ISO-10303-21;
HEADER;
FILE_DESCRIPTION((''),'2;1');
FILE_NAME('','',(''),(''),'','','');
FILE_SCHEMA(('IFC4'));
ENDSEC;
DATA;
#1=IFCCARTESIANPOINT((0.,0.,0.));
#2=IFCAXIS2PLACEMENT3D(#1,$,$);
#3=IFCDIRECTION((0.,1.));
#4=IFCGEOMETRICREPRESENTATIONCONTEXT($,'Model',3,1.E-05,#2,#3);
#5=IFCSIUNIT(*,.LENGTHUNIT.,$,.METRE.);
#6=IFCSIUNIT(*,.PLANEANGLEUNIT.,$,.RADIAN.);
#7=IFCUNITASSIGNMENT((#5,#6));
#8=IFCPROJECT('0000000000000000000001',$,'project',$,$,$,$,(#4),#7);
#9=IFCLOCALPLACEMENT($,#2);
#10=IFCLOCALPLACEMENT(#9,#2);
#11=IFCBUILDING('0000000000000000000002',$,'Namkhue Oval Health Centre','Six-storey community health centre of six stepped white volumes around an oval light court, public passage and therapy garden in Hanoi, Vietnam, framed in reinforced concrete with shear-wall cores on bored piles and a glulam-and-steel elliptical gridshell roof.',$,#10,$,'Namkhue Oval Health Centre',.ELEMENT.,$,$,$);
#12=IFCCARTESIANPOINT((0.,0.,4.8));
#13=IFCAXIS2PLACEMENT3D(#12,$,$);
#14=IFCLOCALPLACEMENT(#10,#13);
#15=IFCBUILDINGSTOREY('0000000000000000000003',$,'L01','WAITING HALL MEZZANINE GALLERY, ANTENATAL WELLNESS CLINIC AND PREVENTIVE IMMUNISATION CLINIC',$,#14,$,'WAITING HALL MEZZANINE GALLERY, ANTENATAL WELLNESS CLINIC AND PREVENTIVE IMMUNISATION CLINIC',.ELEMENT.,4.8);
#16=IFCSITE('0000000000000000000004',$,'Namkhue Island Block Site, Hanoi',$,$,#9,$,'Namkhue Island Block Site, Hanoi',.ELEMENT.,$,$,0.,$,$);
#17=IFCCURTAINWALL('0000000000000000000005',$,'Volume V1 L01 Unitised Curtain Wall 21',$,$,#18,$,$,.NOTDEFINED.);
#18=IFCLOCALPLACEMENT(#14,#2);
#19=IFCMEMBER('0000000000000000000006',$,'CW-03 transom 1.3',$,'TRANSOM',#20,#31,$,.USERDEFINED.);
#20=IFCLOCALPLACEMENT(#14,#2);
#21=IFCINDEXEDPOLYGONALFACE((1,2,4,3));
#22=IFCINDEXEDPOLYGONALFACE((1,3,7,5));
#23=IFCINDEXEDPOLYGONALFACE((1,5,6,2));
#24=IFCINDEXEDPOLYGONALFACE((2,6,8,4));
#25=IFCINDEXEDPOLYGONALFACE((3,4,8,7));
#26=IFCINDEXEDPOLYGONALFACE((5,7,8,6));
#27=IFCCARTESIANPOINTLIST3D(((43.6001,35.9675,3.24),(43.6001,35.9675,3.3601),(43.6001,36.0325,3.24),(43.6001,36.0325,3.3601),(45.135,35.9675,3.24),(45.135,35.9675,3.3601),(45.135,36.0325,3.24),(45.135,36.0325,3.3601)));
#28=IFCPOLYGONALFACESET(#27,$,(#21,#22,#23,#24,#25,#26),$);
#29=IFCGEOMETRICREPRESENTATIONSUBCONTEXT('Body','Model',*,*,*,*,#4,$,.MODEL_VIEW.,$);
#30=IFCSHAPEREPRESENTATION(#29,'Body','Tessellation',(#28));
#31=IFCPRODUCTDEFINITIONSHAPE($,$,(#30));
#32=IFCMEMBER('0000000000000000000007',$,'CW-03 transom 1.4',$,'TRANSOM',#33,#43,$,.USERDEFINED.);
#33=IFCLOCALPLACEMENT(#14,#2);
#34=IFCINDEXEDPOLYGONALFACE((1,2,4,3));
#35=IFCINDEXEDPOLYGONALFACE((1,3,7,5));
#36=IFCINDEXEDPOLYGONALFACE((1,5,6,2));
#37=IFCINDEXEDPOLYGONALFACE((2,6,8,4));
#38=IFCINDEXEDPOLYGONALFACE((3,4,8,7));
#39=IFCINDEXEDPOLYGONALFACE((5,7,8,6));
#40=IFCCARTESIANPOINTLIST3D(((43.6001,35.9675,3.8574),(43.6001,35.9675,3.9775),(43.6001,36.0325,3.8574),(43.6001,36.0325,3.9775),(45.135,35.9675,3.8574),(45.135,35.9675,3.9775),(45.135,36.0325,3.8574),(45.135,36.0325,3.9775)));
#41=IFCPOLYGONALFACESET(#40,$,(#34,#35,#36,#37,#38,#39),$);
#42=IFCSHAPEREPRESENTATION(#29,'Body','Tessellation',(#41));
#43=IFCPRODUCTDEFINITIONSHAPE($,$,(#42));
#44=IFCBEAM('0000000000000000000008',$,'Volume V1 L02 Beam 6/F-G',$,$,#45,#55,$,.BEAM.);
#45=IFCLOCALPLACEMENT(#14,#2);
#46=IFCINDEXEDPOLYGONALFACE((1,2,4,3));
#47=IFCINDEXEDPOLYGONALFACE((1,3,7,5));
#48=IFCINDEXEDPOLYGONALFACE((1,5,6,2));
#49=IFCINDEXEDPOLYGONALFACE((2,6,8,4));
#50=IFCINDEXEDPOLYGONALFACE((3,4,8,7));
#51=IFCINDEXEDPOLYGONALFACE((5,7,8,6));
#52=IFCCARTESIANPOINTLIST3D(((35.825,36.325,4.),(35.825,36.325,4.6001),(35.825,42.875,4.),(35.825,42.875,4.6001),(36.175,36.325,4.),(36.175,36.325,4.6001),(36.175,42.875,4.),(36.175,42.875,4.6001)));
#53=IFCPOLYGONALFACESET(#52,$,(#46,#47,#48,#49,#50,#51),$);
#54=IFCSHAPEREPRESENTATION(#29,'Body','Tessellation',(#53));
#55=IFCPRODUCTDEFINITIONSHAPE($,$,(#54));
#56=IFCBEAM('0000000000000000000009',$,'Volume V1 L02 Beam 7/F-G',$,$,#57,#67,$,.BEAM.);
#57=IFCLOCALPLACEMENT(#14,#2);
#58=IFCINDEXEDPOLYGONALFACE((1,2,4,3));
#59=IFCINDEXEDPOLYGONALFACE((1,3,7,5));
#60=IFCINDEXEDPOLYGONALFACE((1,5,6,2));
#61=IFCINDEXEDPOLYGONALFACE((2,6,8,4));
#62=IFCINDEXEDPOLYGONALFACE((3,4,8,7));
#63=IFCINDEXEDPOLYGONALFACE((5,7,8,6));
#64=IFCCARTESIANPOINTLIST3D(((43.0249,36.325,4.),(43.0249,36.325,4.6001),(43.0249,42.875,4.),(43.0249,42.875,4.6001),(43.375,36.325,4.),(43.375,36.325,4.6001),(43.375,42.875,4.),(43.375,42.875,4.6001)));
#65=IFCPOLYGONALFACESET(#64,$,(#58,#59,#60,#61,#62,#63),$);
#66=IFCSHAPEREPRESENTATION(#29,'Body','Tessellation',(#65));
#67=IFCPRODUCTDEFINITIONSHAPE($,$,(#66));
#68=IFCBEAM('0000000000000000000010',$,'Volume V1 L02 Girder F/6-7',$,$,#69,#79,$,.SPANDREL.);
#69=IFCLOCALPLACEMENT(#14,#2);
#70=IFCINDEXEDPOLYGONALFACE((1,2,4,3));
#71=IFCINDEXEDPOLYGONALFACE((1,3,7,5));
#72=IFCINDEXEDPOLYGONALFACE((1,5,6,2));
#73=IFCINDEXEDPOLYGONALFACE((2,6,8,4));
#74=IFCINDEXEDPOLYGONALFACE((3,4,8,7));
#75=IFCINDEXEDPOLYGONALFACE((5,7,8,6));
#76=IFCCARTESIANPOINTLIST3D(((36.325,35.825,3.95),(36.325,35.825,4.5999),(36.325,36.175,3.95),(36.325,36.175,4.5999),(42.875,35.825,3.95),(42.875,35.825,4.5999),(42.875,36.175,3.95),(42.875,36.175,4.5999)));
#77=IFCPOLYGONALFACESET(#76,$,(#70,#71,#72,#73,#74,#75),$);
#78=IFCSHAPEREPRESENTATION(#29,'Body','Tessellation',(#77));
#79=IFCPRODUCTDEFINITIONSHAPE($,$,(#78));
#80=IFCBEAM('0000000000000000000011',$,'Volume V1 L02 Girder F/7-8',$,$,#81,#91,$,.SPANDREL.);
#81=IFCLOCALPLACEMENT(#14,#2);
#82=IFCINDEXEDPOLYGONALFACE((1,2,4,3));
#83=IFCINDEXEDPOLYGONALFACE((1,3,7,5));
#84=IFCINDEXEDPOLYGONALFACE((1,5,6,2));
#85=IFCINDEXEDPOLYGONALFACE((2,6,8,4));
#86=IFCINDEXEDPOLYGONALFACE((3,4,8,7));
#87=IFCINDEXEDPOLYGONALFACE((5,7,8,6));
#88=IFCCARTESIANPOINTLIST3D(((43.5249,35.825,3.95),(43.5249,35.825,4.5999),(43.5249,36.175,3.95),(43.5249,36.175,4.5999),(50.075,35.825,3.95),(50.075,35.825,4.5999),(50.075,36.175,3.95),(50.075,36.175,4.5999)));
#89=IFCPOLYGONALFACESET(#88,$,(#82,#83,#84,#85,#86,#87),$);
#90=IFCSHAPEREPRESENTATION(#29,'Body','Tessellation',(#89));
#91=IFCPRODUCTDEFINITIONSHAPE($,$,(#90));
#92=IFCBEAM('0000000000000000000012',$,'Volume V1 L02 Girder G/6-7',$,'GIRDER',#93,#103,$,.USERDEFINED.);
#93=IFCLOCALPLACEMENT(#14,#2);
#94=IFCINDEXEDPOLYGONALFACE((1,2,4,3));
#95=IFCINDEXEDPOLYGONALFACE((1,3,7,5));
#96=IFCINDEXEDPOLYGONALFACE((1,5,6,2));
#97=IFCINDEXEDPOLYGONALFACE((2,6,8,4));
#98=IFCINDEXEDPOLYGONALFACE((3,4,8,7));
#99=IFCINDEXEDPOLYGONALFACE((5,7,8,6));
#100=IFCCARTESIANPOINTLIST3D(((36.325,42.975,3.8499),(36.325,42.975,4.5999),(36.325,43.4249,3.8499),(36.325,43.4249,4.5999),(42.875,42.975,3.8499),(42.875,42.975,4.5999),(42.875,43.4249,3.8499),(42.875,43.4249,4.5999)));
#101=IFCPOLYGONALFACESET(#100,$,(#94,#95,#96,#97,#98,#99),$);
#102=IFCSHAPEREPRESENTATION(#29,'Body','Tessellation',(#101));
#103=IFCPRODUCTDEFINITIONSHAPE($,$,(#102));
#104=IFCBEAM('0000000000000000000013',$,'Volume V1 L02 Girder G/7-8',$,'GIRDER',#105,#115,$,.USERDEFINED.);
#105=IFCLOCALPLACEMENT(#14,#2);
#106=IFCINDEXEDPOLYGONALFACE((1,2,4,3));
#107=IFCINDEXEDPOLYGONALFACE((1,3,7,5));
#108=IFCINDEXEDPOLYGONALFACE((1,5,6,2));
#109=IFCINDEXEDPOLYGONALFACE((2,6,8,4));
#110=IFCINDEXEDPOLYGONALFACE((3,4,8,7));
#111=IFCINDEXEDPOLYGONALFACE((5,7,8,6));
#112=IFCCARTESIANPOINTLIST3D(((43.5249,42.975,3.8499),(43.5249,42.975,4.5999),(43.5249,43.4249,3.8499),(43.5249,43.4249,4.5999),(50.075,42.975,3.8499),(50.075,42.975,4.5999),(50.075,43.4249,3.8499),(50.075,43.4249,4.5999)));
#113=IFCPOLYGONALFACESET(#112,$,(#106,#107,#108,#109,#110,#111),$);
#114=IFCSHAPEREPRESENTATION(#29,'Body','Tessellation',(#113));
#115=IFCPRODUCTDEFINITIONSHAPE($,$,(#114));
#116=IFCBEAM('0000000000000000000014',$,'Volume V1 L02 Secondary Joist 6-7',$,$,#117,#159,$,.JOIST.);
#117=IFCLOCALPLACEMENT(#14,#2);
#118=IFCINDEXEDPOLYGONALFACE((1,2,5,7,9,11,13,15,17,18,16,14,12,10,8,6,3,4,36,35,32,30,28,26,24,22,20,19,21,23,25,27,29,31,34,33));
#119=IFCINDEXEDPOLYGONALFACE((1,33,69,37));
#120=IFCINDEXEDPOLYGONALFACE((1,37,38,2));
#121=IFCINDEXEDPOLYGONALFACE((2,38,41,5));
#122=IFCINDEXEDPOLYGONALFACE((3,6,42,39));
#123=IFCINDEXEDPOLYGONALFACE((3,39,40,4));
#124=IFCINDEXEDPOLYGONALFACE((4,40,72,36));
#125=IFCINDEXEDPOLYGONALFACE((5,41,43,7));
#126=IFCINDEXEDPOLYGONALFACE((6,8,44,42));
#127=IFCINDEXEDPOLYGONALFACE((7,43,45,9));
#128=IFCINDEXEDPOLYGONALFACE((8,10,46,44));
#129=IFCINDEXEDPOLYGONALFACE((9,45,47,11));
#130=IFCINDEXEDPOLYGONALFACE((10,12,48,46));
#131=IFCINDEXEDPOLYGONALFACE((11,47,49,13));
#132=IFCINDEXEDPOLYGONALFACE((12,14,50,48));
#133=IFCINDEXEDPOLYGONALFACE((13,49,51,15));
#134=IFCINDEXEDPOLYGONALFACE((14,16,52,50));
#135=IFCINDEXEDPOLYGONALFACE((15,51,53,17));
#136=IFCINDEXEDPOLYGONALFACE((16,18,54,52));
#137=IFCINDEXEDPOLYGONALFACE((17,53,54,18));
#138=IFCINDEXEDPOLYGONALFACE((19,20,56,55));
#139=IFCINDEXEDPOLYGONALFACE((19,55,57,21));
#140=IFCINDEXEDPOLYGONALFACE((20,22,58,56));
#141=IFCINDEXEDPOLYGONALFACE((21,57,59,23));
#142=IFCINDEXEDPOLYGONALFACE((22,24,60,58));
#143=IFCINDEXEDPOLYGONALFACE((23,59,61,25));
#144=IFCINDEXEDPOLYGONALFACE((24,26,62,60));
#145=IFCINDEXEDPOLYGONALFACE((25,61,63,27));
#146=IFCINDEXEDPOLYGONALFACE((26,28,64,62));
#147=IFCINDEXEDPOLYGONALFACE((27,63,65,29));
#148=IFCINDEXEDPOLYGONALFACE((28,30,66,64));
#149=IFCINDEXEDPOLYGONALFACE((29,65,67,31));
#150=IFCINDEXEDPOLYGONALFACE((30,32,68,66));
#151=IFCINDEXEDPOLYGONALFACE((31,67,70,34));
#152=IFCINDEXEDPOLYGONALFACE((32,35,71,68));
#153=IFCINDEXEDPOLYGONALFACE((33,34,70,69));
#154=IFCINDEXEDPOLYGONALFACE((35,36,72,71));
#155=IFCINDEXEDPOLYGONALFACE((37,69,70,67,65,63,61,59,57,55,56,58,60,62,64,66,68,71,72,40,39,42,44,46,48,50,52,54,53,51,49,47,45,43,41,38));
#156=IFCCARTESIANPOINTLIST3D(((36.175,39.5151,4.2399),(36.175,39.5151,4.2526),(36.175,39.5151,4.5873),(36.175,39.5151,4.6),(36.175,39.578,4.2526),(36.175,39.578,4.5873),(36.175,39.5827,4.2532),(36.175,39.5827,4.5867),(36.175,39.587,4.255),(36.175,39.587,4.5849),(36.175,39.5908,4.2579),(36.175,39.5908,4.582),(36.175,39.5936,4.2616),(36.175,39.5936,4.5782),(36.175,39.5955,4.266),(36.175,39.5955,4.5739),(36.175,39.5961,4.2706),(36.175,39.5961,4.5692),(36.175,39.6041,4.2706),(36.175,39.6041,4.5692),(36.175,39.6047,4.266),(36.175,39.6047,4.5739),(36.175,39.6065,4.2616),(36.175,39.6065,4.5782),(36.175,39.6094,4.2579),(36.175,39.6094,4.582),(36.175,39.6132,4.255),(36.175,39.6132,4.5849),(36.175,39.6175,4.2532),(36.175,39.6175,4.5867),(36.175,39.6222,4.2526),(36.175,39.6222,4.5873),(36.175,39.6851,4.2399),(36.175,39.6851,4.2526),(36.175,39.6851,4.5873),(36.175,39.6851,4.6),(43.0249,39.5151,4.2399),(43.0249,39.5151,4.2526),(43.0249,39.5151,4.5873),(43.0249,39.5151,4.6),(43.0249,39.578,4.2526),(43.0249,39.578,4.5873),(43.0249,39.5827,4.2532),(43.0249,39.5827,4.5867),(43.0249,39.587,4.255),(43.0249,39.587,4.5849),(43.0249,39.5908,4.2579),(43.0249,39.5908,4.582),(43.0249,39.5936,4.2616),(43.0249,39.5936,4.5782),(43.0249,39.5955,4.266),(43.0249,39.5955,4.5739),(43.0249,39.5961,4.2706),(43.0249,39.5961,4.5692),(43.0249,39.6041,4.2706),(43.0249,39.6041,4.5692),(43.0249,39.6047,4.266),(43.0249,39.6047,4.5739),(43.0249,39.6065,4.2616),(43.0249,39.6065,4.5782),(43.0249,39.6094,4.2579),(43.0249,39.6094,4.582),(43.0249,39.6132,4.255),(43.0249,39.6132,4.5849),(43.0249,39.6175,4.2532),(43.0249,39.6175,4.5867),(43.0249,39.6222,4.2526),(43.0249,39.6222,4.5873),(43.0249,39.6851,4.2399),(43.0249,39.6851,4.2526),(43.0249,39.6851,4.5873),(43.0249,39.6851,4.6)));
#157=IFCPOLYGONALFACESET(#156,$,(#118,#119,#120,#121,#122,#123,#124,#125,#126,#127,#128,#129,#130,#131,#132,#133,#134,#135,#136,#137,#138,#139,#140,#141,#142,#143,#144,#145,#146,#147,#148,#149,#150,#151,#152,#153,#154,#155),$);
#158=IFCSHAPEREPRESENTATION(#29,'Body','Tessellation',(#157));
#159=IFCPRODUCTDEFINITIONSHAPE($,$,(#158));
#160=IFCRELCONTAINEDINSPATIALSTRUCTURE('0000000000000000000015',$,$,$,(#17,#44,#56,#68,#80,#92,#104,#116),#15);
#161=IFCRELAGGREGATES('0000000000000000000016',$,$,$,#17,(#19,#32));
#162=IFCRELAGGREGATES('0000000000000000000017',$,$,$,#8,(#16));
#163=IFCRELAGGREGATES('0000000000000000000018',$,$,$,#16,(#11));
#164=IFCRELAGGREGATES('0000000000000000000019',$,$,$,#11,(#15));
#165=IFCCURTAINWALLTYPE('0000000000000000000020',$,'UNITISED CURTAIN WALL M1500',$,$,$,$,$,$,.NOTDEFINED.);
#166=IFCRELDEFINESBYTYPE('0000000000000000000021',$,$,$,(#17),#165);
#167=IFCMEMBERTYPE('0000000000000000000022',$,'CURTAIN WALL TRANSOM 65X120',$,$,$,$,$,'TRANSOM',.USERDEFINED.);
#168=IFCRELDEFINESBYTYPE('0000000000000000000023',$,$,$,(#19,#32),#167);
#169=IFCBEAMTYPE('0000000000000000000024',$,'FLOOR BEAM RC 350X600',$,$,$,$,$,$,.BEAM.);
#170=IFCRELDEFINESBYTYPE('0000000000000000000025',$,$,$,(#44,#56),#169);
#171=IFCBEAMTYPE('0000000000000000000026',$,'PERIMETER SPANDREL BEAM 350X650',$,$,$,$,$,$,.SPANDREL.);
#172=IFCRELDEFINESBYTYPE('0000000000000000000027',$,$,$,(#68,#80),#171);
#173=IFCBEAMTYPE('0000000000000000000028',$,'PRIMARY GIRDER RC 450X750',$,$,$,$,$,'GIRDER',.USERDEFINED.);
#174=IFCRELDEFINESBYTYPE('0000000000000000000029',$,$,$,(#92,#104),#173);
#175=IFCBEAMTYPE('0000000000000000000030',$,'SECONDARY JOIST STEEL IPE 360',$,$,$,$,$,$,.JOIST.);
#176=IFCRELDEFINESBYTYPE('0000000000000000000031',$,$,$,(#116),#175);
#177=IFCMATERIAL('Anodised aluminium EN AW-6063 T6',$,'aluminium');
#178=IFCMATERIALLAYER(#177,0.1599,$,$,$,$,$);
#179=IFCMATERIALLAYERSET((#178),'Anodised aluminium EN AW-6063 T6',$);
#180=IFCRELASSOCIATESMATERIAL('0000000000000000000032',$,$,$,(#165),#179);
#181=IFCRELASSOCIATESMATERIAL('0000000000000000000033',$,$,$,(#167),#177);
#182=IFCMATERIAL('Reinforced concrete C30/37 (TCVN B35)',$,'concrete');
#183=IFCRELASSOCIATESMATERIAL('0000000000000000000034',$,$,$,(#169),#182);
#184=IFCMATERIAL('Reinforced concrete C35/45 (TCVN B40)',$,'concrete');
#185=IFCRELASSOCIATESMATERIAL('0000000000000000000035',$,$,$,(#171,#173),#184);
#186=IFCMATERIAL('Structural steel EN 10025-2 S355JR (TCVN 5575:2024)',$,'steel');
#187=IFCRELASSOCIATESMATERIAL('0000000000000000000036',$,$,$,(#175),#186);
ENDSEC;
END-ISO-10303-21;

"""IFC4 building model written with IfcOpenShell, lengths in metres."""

from ifc_helpers import new_model, si_unit, direction, frame, origin, origin_2d, place, context, subcontext, project, spatial, rectangle, i_section, extrude, material, layer, layer_set, material_profile, profile_set, type_object, element, aggregate, save


model = new_model("IFC4")

# Units and contexts
model_context = context("Model", 3, precision=1e-05, world=origin(), true_north=direction((0.0, 1.0)))
body_context = subcontext(model_context, "Body", "Model", "MODEL_VIEW")
ifc_project = project(units=[si_unit("LENGTHUNIT", "METRE"), si_unit("PLANEANGLEUNIT", "RADIAN")], contexts=[model_context])

# Site, building, storey
site_placement = place(None, origin())
site = spatial("IfcSite", under=ifc_project, at=site_placement, Name="Namkhue Island Block Site, Hanoi", LongName="Namkhue Island Block Site, Hanoi", CompositionType="ELEMENT", RefElevation=0.0)
building_placement = place(site_placement, origin())
building = spatial("IfcBuilding", under=site, at=building_placement, Name="Namkhue Oval Health Centre", Description="Six-storey community health centre of six stepped white volumes around an oval light court, public passage and therapy garden in Hanoi, Vietnam, framed in reinforced concrete with shear-wall cores on bored piles and a glulam-and-steel elliptical gridshell roof.", LongName="Namkhue Oval Health Centre", CompositionType="ELEMENT")
storey_placement = place(building_placement, frame((0.0, 0.0, 4.8)))
storey = spatial("IfcBuildingStorey", under=building, at=storey_placement, Name="L01", Description="WAITING HALL MEZZANINE GALLERY, ANTENATAL WELLNESS CLINIC AND PREVENTIVE IMMUNISATION CLINIC", LongName="WAITING HALL MEZZANINE GALLERY, ANTENATAL WELLNESS CLINIC AND PREVENTIVE IMMUNISATION CLINIC", CompositionType="ELEMENT", Elevation=4.8)

# Shared definitions
ifc_material_1 = material(Name="Reinforced concrete C35/45 (TCVN B40)", Category="concrete")

# Curtain wall, members
ifc_material_2 = material(Name="Anodised aluminium EN AW-6063 T6", Category="aluminium")
ifc_layer_1 = layer(ifc_material_2, 0.1599)
ifc_layer_set_1 = layer_set([ifc_layer_1], Name="Anodised aluminium EN AW-6063 T6")
curtain_wall_type = type_object("IfcCurtainWallType", Name="UNITISED CURTAIN WALL M1500", PredefinedType="NOTDEFINED", material=ifc_layer_set_1)
curtain_wall_placement = place(storey_placement, origin())
curtain_wall = element("IfcCurtainWall", 1, at=curtain_wall_placement, inside=storey, type_object=curtain_wall_type, Name="Volume V1 L01 Unitised Curtain Wall 21", PredefinedType="NOTDEFINED")
ifc_material_profile_1 = material_profile(ifc_material_2, rectangle(XDim=0.0649, YDim=0.1201, at=origin_2d()), Name="ALU 65x120")
ifc_profile_set_1 = profile_set([ifc_material_profile_1], Name="Anodised aluminium EN AW-6063 T6")
member_type_1 = type_object("IfcMemberType", Name="CURTAIN WALL TRANSOM 65X120", ElementType="TRANSOM", PredefinedType="USERDEFINED", material=ifc_profile_set_1)
member_1_placement = place(storey_placement, frame((43.6001, 36.0, 3.3), z_axis=(1.0, 0.0, 0.0), x_axis=(0.0, 1.0, 0.0)))
member_1 = element("IfcMember", 2, at=member_1_placement, type_object=member_type_1, Name="CW-03 transom 1.3", ObjectType="TRANSOM", PredefinedType="USERDEFINED", context=body_context, shape_type="SweptSolid", body=[
    extrude(rectangle(XDim=0.0649, YDim=0.1201, at=origin_2d()), origin(), (0.0, 0.0, 1.0), 1.5349),
])
member_2_placement = place(storey_placement, frame((43.6001, 36.0, 3.9175), z_axis=(1.0, 0.0, 0.0), x_axis=(0.0, 1.0, 0.0)))
member_2 = element("IfcMember", 3, at=member_2_placement, type_object=member_type_1, Name="CW-03 transom 1.4", ObjectType="TRANSOM", PredefinedType="USERDEFINED", context=body_context, shape_type="SweptSolid", body=[
    extrude(rectangle(XDim=0.0649, YDim=0.1201, at=origin_2d()), origin(), (0.0, 0.0, 1.0), 1.5349),
])
aggregate(curtain_wall, [member_1, member_2])

# Beams
ifc_material_3 = material(Name="Reinforced concrete C30/37 (TCVN B35)", Category="concrete")
ifc_material_profile_2 = material_profile(ifc_material_3, rectangle(XDim=0.3501, YDim=0.6001, at=origin_2d()), Name="RC 350x600")
ifc_profile_set_2 = profile_set([ifc_material_profile_2], Name="Reinforced concrete C30/37 (TCVN B35)")
beam_type_1 = type_object("IfcBeamType", Name="FLOOR BEAM RC 350X600", PredefinedType="BEAM", material=ifc_profile_set_2)
for number, where, z_axis, x_axis, name in (
    (4, (36.0, 36.325, 4.3), (0.0, 1.0, 0.0), (-1.0, 0.0, 0.0), "Volume V1 L02 Beam 6/F-G"),
    (5, (43.2, 36.325, 4.3), (0.0, 1.0, 0.0), (-1.0, 0.0, 0.0), "Volume V1 L02 Beam 7/F-G"),
):
    element("IfcBeam", number, at=place(storey_placement, frame(where, z_axis=z_axis, x_axis=x_axis)), inside=storey, type_object=beam_type_1, Name=name, PredefinedType="BEAM", context=body_context, shape_type="SweptSolid", body=[
        extrude(rectangle(XDim=0.3501, YDim=0.6001, at=origin_2d()), origin(), (0.0, 0.0, 1.0), 6.55),
    ])
ifc_material_profile_3 = material_profile(ifc_material_1, rectangle(XDim=0.3501, YDim=0.6499, at=origin_2d()), Name="RC 350x650")
ifc_profile_set_3 = profile_set([ifc_material_profile_3], Name="Reinforced concrete C35/45 (TCVN B40)")
beam_type_2 = type_object("IfcBeamType", Name="PERIMETER SPANDREL BEAM 350X650", PredefinedType="SPANDREL", material=ifc_profile_set_3)
for number, where, z_axis, x_axis, name in (
    (6, (36.325, 36.0, 4.2749), (1.0, 0.0, 0.0), (0.0, 1.0, 0.0), "Volume V1 L02 Girder F/6-7"),
    (7, (43.5249, 36.0, 4.2749), (1.0, 0.0, 0.0), (0.0, 1.0, 0.0), "Volume V1 L02 Girder F/7-8"),
):
    element("IfcBeam", number, at=place(storey_placement, frame(where, z_axis=z_axis, x_axis=x_axis)), inside=storey, type_object=beam_type_2, Name=name, PredefinedType="SPANDREL", context=body_context, shape_type="SweptSolid", body=[
        extrude(rectangle(XDim=0.3501, YDim=0.6499, at=origin_2d()), origin(), (0.0, 0.0, 1.0), 6.55),
    ])
ifc_material_profile_4 = material_profile(ifc_material_1, rectangle(XDim=0.45, YDim=0.75, at=origin_2d()), Name="RC 450x750")
ifc_profile_set_4 = profile_set([ifc_material_profile_4], Name="Reinforced concrete C35/45 (TCVN B40)")
beam_type_3 = type_object("IfcBeamType", Name="PRIMARY GIRDER RC 450X750", ElementType="GIRDER", PredefinedType="USERDEFINED", material=ifc_profile_set_4)
for number, where, z_axis, x_axis, name in (
    (8, (36.325, 43.2, 4.2249), (1.0, 0.0, 0.0), (0.0, 1.0, 0.0), "Volume V1 L02 Girder G/6-7"),
    (9, (43.5249, 43.2, 4.2249), (1.0, 0.0, 0.0), (0.0, 1.0, 0.0), "Volume V1 L02 Girder G/7-8"),
):
    element("IfcBeam", number, at=place(storey_placement, frame(where, z_axis=z_axis, x_axis=x_axis)), inside=storey, type_object=beam_type_3, Name=name, ObjectType="GIRDER", PredefinedType="USERDEFINED", context=body_context, shape_type="SweptSolid", body=[
        extrude(rectangle(XDim=0.45, YDim=0.75, at=origin_2d()), origin(), (0.0, 0.0, 1.0), 6.55),
    ])
ifc_material_4 = material(Name="Structural steel EN 10025-2 S355JR (TCVN 5575:2024)", Category="steel")
ifc_material_profile_5 = material_profile(ifc_material_4, i_section(OverallWidth=0.1699, OverallDepth=0.3601, WebThickness=0.0081, FlangeThickness=0.0127, FilletRadius=0.0181, at=origin_2d()), Name="IPE 360")
ifc_profile_set_5 = profile_set([ifc_material_profile_5], Name="Structural steel EN 10025-2 S355JR (TCVN 5575:2024)")
beam_type_4 = type_object("IfcBeamType", Name="SECONDARY JOIST STEEL IPE 360", PredefinedType="JOIST", material=ifc_profile_set_5)
beam_1_placement = place(storey_placement, frame((36.175, 39.6001, 4.4199), z_axis=(1.0, 0.0, 0.0), x_axis=(0.0, 1.0, 0.0)))
element("IfcBeam", 10, at=beam_1_placement, inside=storey, type_object=beam_type_4, Name="Volume V1 L02 Secondary Joist 6-7", PredefinedType="JOIST", context=body_context, shape_type="SweptSolid", body=[
    extrude(i_section(OverallWidth=0.1699, OverallDepth=0.3601, WebThickness=0.0081, FlangeThickness=0.0127, FilletRadius=0.0181, at=origin_2d()), origin(), (0.0, 0.0, 1.0), 6.8499),
])

save(model, "model.ifc")
